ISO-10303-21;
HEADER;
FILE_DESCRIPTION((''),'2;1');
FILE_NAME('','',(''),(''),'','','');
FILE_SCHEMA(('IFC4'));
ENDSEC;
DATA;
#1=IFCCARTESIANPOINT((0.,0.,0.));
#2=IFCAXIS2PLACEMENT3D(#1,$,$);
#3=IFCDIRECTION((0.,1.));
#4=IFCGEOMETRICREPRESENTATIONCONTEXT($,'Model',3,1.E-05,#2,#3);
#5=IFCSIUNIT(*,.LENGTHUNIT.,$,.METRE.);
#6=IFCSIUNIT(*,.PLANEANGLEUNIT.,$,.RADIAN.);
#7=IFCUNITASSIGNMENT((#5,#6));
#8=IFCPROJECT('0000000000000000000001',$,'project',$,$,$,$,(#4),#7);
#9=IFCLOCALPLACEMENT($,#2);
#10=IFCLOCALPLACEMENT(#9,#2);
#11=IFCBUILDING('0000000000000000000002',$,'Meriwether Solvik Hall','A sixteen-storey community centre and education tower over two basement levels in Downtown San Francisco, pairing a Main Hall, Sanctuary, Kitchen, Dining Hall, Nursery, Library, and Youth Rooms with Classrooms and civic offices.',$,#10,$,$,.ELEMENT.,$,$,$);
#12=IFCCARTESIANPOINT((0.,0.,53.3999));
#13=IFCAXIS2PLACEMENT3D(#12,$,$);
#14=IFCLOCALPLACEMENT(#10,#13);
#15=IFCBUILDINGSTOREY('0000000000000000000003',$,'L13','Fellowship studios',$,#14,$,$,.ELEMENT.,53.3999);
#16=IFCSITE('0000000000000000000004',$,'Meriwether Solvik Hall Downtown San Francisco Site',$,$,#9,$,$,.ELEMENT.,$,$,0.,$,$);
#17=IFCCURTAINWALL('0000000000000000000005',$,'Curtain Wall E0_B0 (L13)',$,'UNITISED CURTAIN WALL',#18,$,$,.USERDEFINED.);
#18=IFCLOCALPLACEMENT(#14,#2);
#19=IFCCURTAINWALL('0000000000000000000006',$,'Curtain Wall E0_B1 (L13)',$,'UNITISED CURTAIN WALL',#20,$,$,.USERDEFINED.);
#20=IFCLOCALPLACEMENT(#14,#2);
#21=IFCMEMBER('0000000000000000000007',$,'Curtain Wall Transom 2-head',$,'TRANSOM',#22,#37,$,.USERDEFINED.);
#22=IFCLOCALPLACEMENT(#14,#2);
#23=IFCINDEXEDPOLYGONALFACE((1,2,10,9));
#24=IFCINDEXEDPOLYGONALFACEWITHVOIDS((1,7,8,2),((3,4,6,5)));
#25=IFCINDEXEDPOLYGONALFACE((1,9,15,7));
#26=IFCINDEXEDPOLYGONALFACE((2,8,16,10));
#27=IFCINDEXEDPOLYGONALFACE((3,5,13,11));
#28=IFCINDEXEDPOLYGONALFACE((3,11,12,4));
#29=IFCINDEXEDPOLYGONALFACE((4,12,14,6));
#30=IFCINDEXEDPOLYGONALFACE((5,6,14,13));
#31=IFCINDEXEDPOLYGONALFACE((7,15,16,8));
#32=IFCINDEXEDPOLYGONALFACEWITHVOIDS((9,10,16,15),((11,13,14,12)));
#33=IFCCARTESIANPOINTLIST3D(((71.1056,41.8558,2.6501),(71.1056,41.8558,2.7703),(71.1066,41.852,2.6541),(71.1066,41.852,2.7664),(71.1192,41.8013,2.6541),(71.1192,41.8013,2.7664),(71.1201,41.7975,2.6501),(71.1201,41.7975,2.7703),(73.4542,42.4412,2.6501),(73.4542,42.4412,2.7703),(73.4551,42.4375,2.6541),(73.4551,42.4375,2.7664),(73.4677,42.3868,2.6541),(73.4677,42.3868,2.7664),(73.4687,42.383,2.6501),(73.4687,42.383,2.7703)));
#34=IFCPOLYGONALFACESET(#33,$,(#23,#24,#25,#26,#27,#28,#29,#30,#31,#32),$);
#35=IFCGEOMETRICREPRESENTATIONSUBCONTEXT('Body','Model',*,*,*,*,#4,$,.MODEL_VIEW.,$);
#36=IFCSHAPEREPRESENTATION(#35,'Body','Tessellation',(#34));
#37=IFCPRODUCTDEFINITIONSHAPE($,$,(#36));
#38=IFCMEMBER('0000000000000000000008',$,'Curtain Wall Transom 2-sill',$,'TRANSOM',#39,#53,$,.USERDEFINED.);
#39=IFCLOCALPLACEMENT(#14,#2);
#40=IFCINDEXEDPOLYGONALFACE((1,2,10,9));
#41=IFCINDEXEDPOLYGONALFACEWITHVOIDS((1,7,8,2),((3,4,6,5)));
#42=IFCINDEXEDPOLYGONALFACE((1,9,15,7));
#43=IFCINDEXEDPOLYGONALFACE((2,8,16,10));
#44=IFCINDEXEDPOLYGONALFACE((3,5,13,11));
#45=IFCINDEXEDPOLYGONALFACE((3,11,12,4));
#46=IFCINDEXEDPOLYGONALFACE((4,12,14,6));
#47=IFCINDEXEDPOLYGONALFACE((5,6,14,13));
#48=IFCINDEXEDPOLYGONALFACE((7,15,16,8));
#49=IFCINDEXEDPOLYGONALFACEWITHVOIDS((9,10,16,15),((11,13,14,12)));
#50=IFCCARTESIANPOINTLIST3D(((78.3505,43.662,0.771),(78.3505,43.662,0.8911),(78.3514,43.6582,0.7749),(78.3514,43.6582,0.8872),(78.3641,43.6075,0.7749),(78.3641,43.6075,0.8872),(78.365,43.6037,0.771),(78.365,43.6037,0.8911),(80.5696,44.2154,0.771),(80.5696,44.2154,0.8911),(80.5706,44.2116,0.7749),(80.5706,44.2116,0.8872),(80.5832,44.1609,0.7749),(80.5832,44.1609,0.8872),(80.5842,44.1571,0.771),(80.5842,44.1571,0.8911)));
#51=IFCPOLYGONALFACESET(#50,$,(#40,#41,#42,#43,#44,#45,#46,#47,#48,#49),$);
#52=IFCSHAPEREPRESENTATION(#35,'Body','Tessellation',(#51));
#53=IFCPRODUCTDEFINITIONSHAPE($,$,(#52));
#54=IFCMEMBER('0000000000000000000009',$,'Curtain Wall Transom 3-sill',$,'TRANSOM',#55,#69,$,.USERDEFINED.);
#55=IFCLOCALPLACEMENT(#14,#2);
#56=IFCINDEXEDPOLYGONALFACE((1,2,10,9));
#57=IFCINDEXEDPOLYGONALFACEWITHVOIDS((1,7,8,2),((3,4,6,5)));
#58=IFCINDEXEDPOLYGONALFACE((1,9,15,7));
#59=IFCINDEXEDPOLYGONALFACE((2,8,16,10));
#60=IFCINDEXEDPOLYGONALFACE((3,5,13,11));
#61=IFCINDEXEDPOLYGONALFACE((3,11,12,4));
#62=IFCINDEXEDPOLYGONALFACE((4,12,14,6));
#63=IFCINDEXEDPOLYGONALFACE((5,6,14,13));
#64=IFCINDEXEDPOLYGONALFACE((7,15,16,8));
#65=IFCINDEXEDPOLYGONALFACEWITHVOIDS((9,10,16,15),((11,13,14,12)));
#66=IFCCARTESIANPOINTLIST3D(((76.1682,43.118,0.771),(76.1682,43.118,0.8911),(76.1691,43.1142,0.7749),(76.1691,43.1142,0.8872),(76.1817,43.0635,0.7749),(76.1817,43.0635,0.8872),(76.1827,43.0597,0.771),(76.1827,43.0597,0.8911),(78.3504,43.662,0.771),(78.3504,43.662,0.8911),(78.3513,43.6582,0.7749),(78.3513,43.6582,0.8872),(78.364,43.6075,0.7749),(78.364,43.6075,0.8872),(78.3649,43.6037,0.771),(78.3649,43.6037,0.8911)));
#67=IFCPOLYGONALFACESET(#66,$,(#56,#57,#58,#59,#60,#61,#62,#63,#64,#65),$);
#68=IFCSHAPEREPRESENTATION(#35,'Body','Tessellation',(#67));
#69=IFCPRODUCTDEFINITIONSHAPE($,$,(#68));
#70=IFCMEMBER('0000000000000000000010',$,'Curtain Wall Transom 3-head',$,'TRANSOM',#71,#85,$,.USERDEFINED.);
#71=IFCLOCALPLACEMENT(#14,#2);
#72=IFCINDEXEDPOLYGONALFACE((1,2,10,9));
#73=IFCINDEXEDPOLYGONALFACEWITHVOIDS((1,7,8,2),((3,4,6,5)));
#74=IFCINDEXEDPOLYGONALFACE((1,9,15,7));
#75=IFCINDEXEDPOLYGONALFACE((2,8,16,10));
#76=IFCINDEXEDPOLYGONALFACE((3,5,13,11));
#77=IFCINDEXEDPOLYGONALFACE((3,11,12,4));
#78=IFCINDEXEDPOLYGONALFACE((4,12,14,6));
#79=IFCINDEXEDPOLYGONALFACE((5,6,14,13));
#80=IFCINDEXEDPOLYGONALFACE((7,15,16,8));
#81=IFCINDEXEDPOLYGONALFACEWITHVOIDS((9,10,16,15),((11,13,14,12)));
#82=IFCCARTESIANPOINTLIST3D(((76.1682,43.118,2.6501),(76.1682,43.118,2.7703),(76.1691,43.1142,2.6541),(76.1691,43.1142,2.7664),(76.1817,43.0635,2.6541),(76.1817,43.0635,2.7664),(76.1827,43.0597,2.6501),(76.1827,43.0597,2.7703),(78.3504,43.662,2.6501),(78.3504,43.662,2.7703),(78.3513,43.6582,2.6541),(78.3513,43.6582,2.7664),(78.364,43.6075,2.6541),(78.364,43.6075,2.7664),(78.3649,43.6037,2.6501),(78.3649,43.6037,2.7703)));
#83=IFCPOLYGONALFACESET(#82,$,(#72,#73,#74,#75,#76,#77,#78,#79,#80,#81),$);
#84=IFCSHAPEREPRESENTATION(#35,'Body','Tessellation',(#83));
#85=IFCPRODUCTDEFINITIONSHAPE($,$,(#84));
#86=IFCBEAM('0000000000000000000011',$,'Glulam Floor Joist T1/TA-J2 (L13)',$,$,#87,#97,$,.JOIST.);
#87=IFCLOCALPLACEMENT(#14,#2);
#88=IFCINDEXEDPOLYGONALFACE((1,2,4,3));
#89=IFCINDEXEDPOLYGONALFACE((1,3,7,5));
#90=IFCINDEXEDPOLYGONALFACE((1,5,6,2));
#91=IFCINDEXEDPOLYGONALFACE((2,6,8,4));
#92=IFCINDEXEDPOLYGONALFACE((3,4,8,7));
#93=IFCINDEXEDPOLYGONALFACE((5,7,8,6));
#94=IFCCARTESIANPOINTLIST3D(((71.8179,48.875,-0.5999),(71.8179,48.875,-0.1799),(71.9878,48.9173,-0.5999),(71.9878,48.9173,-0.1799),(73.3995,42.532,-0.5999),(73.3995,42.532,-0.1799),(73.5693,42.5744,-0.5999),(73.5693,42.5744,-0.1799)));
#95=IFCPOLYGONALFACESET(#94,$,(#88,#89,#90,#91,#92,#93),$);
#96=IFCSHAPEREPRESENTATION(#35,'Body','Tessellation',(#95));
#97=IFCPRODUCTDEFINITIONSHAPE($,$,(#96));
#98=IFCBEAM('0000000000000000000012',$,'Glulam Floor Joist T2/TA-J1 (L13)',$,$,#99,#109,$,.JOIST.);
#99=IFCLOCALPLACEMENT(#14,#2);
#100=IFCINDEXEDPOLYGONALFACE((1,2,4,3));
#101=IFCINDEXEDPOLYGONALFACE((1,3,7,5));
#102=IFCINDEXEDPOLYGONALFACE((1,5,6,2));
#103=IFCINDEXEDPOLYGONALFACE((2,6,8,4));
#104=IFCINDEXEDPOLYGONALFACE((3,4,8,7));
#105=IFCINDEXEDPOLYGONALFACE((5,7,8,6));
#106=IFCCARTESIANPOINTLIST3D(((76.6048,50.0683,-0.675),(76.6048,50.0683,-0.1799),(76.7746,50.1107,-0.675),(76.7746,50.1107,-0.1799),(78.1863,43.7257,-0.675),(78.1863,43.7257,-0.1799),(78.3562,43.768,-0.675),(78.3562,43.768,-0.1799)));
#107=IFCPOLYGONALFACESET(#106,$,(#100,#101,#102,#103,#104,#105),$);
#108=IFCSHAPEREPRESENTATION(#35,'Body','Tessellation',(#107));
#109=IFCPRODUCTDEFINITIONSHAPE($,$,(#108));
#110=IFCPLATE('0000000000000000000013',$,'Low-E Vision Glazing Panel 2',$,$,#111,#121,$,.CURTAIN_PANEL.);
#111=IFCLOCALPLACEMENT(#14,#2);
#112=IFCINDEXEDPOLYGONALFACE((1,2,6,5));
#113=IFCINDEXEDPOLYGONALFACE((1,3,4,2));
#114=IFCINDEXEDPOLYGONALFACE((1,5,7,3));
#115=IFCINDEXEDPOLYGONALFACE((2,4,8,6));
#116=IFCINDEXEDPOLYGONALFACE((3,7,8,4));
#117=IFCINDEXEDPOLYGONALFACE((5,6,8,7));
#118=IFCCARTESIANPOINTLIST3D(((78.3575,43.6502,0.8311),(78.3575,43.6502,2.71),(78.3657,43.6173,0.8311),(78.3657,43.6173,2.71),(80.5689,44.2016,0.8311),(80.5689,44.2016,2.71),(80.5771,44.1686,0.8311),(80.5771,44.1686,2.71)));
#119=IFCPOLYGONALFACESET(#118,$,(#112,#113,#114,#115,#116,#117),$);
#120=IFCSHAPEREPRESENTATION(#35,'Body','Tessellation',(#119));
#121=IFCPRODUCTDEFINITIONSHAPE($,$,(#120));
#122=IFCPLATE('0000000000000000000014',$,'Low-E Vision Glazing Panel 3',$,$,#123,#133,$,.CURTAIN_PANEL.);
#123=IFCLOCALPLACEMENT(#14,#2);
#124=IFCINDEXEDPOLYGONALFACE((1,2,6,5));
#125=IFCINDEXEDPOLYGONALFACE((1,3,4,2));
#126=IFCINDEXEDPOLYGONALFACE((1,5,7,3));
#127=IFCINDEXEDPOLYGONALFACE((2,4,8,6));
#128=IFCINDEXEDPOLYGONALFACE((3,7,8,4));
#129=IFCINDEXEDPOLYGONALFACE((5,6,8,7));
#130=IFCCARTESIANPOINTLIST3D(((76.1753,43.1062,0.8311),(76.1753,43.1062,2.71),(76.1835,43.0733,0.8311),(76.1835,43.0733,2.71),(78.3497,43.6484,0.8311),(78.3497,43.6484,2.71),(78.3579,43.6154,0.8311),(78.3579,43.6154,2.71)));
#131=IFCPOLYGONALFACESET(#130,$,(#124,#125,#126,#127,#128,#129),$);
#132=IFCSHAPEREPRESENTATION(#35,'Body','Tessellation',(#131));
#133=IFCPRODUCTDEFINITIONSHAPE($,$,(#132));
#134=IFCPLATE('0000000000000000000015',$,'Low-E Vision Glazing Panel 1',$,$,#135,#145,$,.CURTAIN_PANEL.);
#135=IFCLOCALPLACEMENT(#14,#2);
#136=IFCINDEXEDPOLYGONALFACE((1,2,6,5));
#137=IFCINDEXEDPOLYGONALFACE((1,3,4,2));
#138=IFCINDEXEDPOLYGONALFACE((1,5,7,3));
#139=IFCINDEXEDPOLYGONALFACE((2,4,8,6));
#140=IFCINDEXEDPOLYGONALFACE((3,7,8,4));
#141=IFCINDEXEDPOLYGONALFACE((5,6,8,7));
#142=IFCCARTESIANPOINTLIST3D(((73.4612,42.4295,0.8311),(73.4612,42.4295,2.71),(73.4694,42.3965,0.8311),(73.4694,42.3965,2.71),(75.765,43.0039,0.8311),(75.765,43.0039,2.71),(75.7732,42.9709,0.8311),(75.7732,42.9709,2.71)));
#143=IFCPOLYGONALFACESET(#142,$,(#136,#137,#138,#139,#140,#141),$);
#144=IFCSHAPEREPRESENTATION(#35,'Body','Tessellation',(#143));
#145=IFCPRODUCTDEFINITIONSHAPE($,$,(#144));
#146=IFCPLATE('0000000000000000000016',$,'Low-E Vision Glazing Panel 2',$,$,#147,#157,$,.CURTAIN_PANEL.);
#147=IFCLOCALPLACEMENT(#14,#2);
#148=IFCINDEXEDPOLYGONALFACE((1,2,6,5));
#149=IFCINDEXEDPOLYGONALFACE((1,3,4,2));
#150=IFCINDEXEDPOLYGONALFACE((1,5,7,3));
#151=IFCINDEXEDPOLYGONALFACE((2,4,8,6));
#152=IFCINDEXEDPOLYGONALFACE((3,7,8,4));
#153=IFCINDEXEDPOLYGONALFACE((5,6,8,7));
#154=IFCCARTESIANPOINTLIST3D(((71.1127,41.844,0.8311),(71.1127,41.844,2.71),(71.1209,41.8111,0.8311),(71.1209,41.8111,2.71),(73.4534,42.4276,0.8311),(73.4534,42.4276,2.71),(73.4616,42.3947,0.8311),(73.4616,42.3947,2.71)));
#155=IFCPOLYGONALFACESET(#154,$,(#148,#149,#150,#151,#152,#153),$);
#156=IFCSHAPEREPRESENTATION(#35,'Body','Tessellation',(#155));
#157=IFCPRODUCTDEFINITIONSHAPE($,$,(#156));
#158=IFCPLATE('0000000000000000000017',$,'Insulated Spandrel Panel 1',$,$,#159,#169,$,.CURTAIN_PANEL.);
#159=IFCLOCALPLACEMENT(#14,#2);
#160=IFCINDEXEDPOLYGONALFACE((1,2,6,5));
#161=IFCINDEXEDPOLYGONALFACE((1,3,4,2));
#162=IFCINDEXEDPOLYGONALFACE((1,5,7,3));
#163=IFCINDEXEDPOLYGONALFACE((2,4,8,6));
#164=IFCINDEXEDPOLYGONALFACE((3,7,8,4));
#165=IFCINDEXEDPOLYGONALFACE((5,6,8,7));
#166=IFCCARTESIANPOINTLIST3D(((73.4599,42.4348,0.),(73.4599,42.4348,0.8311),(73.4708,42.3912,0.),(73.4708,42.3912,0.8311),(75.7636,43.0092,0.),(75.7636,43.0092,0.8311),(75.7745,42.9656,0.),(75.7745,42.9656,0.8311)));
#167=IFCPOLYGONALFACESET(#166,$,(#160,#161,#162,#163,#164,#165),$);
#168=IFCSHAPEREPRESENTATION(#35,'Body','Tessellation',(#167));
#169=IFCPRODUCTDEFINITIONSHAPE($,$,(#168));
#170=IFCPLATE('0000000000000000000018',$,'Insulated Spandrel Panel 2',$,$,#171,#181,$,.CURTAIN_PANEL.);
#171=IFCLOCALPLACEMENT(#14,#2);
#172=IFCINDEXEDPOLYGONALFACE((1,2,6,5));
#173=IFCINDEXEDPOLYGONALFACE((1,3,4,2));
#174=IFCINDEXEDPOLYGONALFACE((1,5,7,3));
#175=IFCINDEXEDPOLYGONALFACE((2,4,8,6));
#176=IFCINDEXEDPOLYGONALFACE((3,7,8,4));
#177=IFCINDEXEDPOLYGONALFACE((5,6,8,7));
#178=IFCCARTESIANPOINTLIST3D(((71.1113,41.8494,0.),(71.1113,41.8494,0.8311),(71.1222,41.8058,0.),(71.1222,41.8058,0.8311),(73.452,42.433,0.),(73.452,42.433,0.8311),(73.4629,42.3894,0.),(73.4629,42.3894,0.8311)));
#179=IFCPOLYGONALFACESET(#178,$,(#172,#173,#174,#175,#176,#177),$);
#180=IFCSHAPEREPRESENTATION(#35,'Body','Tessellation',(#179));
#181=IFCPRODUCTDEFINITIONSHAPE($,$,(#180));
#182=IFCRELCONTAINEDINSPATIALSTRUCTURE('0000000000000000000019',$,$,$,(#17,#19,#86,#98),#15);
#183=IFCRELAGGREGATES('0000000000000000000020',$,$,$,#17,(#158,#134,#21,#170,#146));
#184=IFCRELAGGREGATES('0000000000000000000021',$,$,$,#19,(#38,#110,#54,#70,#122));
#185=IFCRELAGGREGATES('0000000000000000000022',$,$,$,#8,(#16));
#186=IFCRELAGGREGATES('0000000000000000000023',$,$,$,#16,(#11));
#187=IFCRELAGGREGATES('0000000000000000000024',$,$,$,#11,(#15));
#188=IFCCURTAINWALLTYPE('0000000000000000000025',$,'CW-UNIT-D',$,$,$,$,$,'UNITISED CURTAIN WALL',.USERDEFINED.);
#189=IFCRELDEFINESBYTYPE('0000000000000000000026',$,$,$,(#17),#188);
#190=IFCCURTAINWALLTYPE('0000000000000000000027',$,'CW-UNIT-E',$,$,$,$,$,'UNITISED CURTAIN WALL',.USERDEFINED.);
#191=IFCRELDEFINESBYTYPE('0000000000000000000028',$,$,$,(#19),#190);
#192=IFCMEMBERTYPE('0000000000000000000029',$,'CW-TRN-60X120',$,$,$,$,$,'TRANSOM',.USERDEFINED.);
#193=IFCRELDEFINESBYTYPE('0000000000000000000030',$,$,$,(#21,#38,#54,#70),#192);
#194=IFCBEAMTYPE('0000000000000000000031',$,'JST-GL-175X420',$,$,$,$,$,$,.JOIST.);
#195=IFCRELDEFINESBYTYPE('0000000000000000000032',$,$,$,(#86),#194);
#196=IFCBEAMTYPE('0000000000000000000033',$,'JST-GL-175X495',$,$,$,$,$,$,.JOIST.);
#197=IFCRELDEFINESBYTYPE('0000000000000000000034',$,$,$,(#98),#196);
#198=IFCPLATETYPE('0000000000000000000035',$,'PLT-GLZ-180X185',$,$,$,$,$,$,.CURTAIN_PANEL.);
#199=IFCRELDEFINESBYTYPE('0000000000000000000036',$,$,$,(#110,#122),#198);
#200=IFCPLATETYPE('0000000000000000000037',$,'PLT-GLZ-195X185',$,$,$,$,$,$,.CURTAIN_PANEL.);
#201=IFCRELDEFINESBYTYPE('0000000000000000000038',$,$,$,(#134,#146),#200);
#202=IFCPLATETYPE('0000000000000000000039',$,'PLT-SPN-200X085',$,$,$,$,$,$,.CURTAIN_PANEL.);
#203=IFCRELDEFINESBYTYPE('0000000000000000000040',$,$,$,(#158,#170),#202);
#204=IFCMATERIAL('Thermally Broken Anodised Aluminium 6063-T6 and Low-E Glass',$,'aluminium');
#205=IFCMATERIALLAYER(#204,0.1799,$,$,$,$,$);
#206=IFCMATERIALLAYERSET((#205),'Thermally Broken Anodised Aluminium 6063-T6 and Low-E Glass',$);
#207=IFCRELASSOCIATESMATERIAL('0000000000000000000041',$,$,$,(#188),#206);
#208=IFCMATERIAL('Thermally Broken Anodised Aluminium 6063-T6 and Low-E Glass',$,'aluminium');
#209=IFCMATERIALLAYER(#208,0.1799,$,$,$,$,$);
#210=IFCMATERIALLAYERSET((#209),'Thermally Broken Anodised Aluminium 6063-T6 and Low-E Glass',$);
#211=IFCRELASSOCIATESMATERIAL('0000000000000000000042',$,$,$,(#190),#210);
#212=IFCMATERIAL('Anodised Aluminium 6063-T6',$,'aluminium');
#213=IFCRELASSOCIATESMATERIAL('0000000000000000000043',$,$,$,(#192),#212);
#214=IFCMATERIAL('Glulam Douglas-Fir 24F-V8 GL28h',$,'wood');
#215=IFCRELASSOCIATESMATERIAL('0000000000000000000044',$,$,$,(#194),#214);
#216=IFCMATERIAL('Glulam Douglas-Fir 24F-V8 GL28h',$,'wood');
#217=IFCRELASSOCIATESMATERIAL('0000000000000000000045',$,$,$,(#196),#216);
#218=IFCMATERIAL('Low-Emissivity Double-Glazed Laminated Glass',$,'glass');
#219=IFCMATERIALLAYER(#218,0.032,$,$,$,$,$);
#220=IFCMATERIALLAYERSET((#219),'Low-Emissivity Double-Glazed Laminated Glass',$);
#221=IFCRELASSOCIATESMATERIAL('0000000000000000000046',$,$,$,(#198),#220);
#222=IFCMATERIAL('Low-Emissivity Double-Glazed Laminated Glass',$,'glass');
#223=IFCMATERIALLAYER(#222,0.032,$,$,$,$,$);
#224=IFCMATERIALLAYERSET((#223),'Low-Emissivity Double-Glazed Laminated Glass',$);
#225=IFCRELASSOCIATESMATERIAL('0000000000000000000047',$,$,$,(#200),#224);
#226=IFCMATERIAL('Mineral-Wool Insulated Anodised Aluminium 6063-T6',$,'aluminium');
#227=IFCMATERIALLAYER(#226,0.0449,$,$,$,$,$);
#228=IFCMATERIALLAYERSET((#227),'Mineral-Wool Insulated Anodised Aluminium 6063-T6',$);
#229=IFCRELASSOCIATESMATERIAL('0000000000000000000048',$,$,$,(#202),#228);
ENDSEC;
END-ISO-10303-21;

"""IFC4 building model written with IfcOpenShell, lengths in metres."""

from ifc_helpers import new_model, si_unit, direction, frame, origin, origin_2d, place, context, subcontext, project, spatial, rectangle, hollow_rectangle, extrude, material, layer, layer_set, material_profile, profile_set, type_object, element, aggregate, save


model = new_model("IFC4")

# Units and contexts
model_context = context("Model", 3, precision=1e-05, world=origin(), true_north=direction((0.0, 1.0)))
body_context = subcontext(model_context, "Body", "Model", "MODEL_VIEW")
ifc_project = project(units=[si_unit("LENGTHUNIT", "METRE"), si_unit("PLANEANGLEUNIT", "RADIAN")], contexts=[model_context])

# Site, building, storey
site_placement = place(None, origin())
site = spatial("IfcSite", under=ifc_project, at=site_placement, Name="Meriwether Solvik Hall Downtown San Francisco Site", CompositionType="ELEMENT", RefElevation=0.0)
building_placement = place(site_placement, origin())
building = spatial("IfcBuilding", under=site, at=building_placement, Name="Meriwether Solvik Hall", Description="A sixteen-storey community centre and education tower over two basement levels in Downtown San Francisco, pairing a Main Hall, Sanctuary, Kitchen, Dining Hall, Nursery, Library, and Youth Rooms with Classrooms and civic offices.", CompositionType="ELEMENT")
storey_placement = place(building_placement, frame((0.0, 0.0, 53.3999)))
storey = spatial("IfcBuildingStorey", under=building, at=storey_placement, Name="L13", Description="Fellowship studios", CompositionType="ELEMENT", Elevation=53.3999)

# Curtain walls
ifc_material_1 = material(Name="Thermally Broken Anodised Aluminium 6063-T6 and Low-E Glass", Category="aluminium")
ifc_layer_1 = layer(ifc_material_1, 0.1799)
ifc_layer_set_1 = layer_set([ifc_layer_1], Name="Thermally Broken Anodised Aluminium 6063-T6 and Low-E Glass")
curtain_wall_type_1 = type_object("IfcCurtainWallType", Name="CW-UNIT-D", ElementType="UNITISED CURTAIN WALL", PredefinedType="USERDEFINED", material=ifc_layer_set_1)
curtain_wall_1_placement = place(storey_placement, origin())
curtain_wall_1 = element("IfcCurtainWall", 1, at=curtain_wall_1_placement, inside=storey, type_object=curtain_wall_type_1, Name="Curtain Wall E0_B0 (L13)", ObjectType="UNITISED CURTAIN WALL", PredefinedType="USERDEFINED")
ifc_material_2 = material(Name="Thermally Broken Anodised Aluminium 6063-T6 and Low-E Glass", Category="aluminium")
ifc_layer_2 = layer(ifc_material_2, 0.1799)
ifc_layer_set_2 = layer_set([ifc_layer_2], Name="Thermally Broken Anodised Aluminium 6063-T6 and Low-E Glass")
curtain_wall_type_2 = type_object("IfcCurtainWallType", Name="CW-UNIT-E", ElementType="UNITISED CURTAIN WALL", PredefinedType="USERDEFINED", material=ifc_layer_set_2)
curtain_wall_2_placement = place(storey_placement, origin())
curtain_wall_2 = element("IfcCurtainWall", 2, at=curtain_wall_2_placement, inside=storey, type_object=curtain_wall_type_2, Name="Curtain Wall E0_B1 (L13)", ObjectType="UNITISED CURTAIN WALL", PredefinedType="USERDEFINED")

# Members
ifc_material_3 = material(Name="Anodised Aluminium 6063-T6", Category="aluminium")
ifc_material_profile_1 = material_profile(ifc_material_3, hollow_rectangle(XDim=0.0601, YDim=0.1201, WallThickness=0.0039, at=origin_2d()), Name="CWT-60X120")
ifc_profile_set_1 = profile_set([ifc_material_profile_1], Name="Anodised Aluminium 6063-T6")
member_type_1 = type_object("IfcMemberType", Name="CW-TRN-60X120", ElementType="TRANSOM", PredefinedType="USERDEFINED", material=ifc_profile_set_1)
member_1_placement = place(storey_placement, frame((73.4614, 42.4121, 2.7102), z_axis=(-0.970308, -0.241871, 0.0), x_axis=(0.241871, -0.970308, 0.0)))
member_1 = element("IfcMember", 3, at=member_1_placement, type_object=member_type_1, Name="Curtain Wall Transom 2-head", ObjectType="TRANSOM", PredefinedType="USERDEFINED", context=body_context, shape_type="SweptSolid", body=[
    extrude(hollow_rectangle(XDim=0.0601, YDim=0.1201, WallThickness=0.0039, at=origin_2d()), origin(), (0.0, 0.0, 1.0), 2.4204),
])
member_2_placement = place(storey_placement, frame((80.5769, 44.1863, 0.8311), z_axis=(-0.97028, -0.241983, 0.0), x_axis=(0.241983, -0.97028, 0.0)))
member_2 = element("IfcMember", 4, at=member_2_placement, type_object=member_type_1, Name="Curtain Wall Transom 2-sill", ObjectType="TRANSOM", PredefinedType="USERDEFINED", context=body_context, shape_type="SweptSolid", body=[
    extrude(hollow_rectangle(XDim=0.0601, YDim=0.1201, WallThickness=0.0039, at=origin_2d()), origin(), (0.0, 0.0, 1.0), 2.2871),
])
member_3_placement = place(storey_placement, frame((78.3577, 43.6328, 0.8311), z_axis=(-0.970308, -0.241871, 0.0), x_axis=(0.241871, -0.970308, 0.0)))
member_3 = element("IfcMember", 5, at=member_3_placement, type_object=member_type_1, Name="Curtain Wall Transom 3-sill", ObjectType="TRANSOM", PredefinedType="USERDEFINED", context=body_context, shape_type="SweptSolid", body=[
    extrude(hollow_rectangle(XDim=0.0601, YDim=0.1201, WallThickness=0.0039, at=origin_2d()), origin(), (0.0, 0.0, 1.0), 2.249),
])
member_4_placement = place(storey_placement, frame((78.3577, 43.6328, 2.7102), z_axis=(-0.970308, -0.241871, 0.0), x_axis=(0.241871, -0.970308, 0.0)))
member_4 = element("IfcMember", 6, at=member_4_placement, type_object=member_type_1, Name="Curtain Wall Transom 3-head", ObjectType="TRANSOM", PredefinedType="USERDEFINED", context=body_context, shape_type="SweptSolid", body=[
    extrude(hollow_rectangle(XDim=0.0601, YDim=0.1201, WallThickness=0.0039, at=origin_2d()), origin(), (0.0, 0.0, 1.0), 2.249),
])

# Beams
ifc_material_4 = material(Name="Glulam Douglas-Fir 24F-V8 GL28h", Category="wood")
ifc_material_profile_2 = material_profile(ifc_material_4, rectangle(XDim=0.175, YDim=0.4199, at=origin_2d()), Name="GLJ-175X420")
ifc_profile_set_2 = profile_set([ifc_material_profile_2], Name="Glulam Douglas-Fir 24F-V8 GL28h")
beam_type_1 = type_object("IfcBeamType", Name="JST-GL-175X420", PredefinedType="JOIST", material=ifc_profile_set_2)
beam_1_placement = place(storey_placement, frame((73.4844, 42.5532, -0.3899), z_axis=(-0.241929, 0.970294, 0.0), x_axis=(-0.970294, -0.241929, 0.0)))
element("IfcBeam", 7, at=beam_1_placement, inside=storey, type_object=beam_type_1, Name="Glulam Floor Joist T1/TA-J2 (L13)", PredefinedType="JOIST", context=body_context, shape_type="SweptSolid", body=[
    extrude(rectangle(XDim=0.175, YDim=0.4199, at=origin_2d()), origin(), (0.0, 0.0, 1.0), 6.5371),
])
ifc_material_5 = material(Name="Glulam Douglas-Fir 24F-V8 GL28h", Category="wood")
ifc_material_profile_3 = material_profile(ifc_material_5, rectangle(XDim=0.175, YDim=0.4951, at=origin_2d()), Name="GLJ-175X495")
ifc_profile_set_3 = profile_set([ifc_material_profile_3], Name="Glulam Douglas-Fir 24F-V8 GL28h")
beam_type_2 = type_object("IfcBeamType", Name="JST-GL-175X495", PredefinedType="JOIST", material=ifc_profile_set_3)
beam_2_placement = place(storey_placement, frame((78.2712, 43.7468, -0.4275), z_axis=(-0.241938, 0.970292, 0.0), x_axis=(-0.970292, -0.241938, 0.0)))
element("IfcBeam", 8, at=beam_2_placement, inside=storey, type_object=beam_type_2, Name="Glulam Floor Joist T2/TA-J1 (L13)", PredefinedType="JOIST", context=body_context, shape_type="SweptSolid", body=[
    extrude(rectangle(XDim=0.175, YDim=0.4951, at=origin_2d()), origin(), (0.0, 0.0, 1.0), 6.5369),
])

# Plates
ifc_material_6 = material(Name="Low-Emissivity Double-Glazed Laminated Glass", Category="glass")
ifc_layer_3 = layer(ifc_material_6, 0.032)
ifc_layer_set_3 = layer_set([ifc_layer_3], Name="Low-Emissivity Double-Glazed Laminated Glass")
plate_type_1 = type_object("IfcPlateType", Name="PLT-GLZ-180X185", PredefinedType="CURTAIN_PANEL", material=ifc_layer_set_3)
plate_1_placement = place(storey_placement, frame((79.4673, 43.9094, 0.8311), z_axis=(0.0, 0.0, 1.0), x_axis=(-0.970296, -0.241922, 0.0)))
plate_1 = element("IfcPlate", 9, at=plate_1_placement, type_object=plate_type_1, Name="Low-E Vision Glazing Panel 2", PredefinedType="CURTAIN_PANEL", context=body_context, shape_type="SweptSolid", body=[
    extrude(rectangle(XDim=2.2791, YDim=0.0339, at=origin_2d()), origin(), (0.0, 0.0, 1.0), 1.8789),
])
plate_2_placement = place(storey_placement, frame((77.2666, 43.3608, 0.8311), z_axis=(0.0, 0.0, 1.0), x_axis=(-0.970296, -0.241922, 0.0)))
plate_2 = element("IfcPlate", 10, at=plate_2_placement, type_object=plate_type_1, Name="Low-E Vision Glazing Panel 3", PredefinedType="CURTAIN_PANEL", context=body_context, shape_type="SweptSolid", body=[
    extrude(rectangle(XDim=2.241, YDim=0.0339, at=origin_2d()), origin(), (0.0, 0.0, 1.0), 1.8789),
])
ifc_material_7 = material(Name="Low-Emissivity Double-Glazed Laminated Glass", Category="glass")
ifc_layer_4 = layer(ifc_material_7, 0.032)
ifc_layer_set_4 = layer_set([ifc_layer_4], Name="Low-Emissivity Double-Glazed Laminated Glass")
plate_type_2 = type_object("IfcPlateType", Name="PLT-GLZ-195X185", PredefinedType="CURTAIN_PANEL", material=ifc_layer_set_4)
plate_3_placement = place(storey_placement, frame((74.6172, 42.7002, 0.8311), z_axis=(0.0, 0.0, 1.0), x_axis=(-0.970296, -0.241922, 0.0)))
plate_3 = element("IfcPlate", 11, at=plate_3_placement, type_object=plate_type_2, Name="Low-E Vision Glazing Panel 1", PredefinedType="CURTAIN_PANEL", context=body_context, shape_type="SweptSolid", body=[
    extrude(rectangle(XDim=2.3743, YDim=0.0339, at=origin_2d()), origin(), (0.0, 0.0, 1.0), 1.8789),
])
plate_4_placement = place(storey_placement, frame((72.2871, 42.1194, 0.8311), z_axis=(0.0, 0.0, 1.0), x_axis=(-0.970296, -0.241922, 0.0)))
plate_4 = element("IfcPlate", 12, at=plate_4_placement, type_object=plate_type_2, Name="Low-E Vision Glazing Panel 2", PredefinedType="CURTAIN_PANEL", context=body_context, shape_type="SweptSolid", body=[
    extrude(rectangle(XDim=2.4124, YDim=0.0339, at=origin_2d()), origin(), (0.0, 0.0, 1.0), 1.8789),
])
ifc_material_8 = material(Name="Mineral-Wool Insulated Anodised Aluminium 6063-T6", Category="aluminium")
ifc_layer_5 = layer(ifc_material_8, 0.0449)
ifc_layer_set_5 = layer_set([ifc_layer_5], Name="Mineral-Wool Insulated Anodised Aluminium 6063-T6")
plate_type_3 = type_object("IfcPlateType", Name="PLT-SPN-200X085", PredefinedType="CURTAIN_PANEL", material=ifc_layer_set_5)
plate_5_placement = place(storey_placement, frame((74.6172, 42.7002, 0.0), z_axis=(0.0, 0.0, 1.0), x_axis=(-0.970296, -0.241922, 0.0)))
plate_5 = element("IfcPlate", 13, at=plate_5_placement, type_object=plate_type_3, Name="Insulated Spandrel Panel 1", PredefinedType="CURTAIN_PANEL", context=body_context, shape_type="SweptSolid", body=[
    extrude(rectangle(XDim=2.3743, YDim=0.0449, at=origin_2d()), origin(), (0.0, 0.0, 1.0), 0.8311),
])
plate_6_placement = place(storey_placement, frame((72.2871, 42.1194, 0.0), z_axis=(0.0, 0.0, 1.0), x_axis=(-0.970296, -0.241922, 0.0)))
plate_6 = element("IfcPlate", 14, at=plate_6_placement, type_object=plate_type_3, Name="Insulated Spandrel Panel 2", PredefinedType="CURTAIN_PANEL", context=body_context, shape_type="SweptSolid", body=[
    extrude(rectangle(XDim=2.4124, YDim=0.0449, at=origin_2d()), origin(), (0.0, 0.0, 1.0), 0.8311),
])
aggregate(curtain_wall_1, [plate_5, plate_3, member_1, plate_6, plate_4])
aggregate(curtain_wall_2, [member_2, plate_1, member_3, member_4, plate_2])

save(model, "model.ifc")
